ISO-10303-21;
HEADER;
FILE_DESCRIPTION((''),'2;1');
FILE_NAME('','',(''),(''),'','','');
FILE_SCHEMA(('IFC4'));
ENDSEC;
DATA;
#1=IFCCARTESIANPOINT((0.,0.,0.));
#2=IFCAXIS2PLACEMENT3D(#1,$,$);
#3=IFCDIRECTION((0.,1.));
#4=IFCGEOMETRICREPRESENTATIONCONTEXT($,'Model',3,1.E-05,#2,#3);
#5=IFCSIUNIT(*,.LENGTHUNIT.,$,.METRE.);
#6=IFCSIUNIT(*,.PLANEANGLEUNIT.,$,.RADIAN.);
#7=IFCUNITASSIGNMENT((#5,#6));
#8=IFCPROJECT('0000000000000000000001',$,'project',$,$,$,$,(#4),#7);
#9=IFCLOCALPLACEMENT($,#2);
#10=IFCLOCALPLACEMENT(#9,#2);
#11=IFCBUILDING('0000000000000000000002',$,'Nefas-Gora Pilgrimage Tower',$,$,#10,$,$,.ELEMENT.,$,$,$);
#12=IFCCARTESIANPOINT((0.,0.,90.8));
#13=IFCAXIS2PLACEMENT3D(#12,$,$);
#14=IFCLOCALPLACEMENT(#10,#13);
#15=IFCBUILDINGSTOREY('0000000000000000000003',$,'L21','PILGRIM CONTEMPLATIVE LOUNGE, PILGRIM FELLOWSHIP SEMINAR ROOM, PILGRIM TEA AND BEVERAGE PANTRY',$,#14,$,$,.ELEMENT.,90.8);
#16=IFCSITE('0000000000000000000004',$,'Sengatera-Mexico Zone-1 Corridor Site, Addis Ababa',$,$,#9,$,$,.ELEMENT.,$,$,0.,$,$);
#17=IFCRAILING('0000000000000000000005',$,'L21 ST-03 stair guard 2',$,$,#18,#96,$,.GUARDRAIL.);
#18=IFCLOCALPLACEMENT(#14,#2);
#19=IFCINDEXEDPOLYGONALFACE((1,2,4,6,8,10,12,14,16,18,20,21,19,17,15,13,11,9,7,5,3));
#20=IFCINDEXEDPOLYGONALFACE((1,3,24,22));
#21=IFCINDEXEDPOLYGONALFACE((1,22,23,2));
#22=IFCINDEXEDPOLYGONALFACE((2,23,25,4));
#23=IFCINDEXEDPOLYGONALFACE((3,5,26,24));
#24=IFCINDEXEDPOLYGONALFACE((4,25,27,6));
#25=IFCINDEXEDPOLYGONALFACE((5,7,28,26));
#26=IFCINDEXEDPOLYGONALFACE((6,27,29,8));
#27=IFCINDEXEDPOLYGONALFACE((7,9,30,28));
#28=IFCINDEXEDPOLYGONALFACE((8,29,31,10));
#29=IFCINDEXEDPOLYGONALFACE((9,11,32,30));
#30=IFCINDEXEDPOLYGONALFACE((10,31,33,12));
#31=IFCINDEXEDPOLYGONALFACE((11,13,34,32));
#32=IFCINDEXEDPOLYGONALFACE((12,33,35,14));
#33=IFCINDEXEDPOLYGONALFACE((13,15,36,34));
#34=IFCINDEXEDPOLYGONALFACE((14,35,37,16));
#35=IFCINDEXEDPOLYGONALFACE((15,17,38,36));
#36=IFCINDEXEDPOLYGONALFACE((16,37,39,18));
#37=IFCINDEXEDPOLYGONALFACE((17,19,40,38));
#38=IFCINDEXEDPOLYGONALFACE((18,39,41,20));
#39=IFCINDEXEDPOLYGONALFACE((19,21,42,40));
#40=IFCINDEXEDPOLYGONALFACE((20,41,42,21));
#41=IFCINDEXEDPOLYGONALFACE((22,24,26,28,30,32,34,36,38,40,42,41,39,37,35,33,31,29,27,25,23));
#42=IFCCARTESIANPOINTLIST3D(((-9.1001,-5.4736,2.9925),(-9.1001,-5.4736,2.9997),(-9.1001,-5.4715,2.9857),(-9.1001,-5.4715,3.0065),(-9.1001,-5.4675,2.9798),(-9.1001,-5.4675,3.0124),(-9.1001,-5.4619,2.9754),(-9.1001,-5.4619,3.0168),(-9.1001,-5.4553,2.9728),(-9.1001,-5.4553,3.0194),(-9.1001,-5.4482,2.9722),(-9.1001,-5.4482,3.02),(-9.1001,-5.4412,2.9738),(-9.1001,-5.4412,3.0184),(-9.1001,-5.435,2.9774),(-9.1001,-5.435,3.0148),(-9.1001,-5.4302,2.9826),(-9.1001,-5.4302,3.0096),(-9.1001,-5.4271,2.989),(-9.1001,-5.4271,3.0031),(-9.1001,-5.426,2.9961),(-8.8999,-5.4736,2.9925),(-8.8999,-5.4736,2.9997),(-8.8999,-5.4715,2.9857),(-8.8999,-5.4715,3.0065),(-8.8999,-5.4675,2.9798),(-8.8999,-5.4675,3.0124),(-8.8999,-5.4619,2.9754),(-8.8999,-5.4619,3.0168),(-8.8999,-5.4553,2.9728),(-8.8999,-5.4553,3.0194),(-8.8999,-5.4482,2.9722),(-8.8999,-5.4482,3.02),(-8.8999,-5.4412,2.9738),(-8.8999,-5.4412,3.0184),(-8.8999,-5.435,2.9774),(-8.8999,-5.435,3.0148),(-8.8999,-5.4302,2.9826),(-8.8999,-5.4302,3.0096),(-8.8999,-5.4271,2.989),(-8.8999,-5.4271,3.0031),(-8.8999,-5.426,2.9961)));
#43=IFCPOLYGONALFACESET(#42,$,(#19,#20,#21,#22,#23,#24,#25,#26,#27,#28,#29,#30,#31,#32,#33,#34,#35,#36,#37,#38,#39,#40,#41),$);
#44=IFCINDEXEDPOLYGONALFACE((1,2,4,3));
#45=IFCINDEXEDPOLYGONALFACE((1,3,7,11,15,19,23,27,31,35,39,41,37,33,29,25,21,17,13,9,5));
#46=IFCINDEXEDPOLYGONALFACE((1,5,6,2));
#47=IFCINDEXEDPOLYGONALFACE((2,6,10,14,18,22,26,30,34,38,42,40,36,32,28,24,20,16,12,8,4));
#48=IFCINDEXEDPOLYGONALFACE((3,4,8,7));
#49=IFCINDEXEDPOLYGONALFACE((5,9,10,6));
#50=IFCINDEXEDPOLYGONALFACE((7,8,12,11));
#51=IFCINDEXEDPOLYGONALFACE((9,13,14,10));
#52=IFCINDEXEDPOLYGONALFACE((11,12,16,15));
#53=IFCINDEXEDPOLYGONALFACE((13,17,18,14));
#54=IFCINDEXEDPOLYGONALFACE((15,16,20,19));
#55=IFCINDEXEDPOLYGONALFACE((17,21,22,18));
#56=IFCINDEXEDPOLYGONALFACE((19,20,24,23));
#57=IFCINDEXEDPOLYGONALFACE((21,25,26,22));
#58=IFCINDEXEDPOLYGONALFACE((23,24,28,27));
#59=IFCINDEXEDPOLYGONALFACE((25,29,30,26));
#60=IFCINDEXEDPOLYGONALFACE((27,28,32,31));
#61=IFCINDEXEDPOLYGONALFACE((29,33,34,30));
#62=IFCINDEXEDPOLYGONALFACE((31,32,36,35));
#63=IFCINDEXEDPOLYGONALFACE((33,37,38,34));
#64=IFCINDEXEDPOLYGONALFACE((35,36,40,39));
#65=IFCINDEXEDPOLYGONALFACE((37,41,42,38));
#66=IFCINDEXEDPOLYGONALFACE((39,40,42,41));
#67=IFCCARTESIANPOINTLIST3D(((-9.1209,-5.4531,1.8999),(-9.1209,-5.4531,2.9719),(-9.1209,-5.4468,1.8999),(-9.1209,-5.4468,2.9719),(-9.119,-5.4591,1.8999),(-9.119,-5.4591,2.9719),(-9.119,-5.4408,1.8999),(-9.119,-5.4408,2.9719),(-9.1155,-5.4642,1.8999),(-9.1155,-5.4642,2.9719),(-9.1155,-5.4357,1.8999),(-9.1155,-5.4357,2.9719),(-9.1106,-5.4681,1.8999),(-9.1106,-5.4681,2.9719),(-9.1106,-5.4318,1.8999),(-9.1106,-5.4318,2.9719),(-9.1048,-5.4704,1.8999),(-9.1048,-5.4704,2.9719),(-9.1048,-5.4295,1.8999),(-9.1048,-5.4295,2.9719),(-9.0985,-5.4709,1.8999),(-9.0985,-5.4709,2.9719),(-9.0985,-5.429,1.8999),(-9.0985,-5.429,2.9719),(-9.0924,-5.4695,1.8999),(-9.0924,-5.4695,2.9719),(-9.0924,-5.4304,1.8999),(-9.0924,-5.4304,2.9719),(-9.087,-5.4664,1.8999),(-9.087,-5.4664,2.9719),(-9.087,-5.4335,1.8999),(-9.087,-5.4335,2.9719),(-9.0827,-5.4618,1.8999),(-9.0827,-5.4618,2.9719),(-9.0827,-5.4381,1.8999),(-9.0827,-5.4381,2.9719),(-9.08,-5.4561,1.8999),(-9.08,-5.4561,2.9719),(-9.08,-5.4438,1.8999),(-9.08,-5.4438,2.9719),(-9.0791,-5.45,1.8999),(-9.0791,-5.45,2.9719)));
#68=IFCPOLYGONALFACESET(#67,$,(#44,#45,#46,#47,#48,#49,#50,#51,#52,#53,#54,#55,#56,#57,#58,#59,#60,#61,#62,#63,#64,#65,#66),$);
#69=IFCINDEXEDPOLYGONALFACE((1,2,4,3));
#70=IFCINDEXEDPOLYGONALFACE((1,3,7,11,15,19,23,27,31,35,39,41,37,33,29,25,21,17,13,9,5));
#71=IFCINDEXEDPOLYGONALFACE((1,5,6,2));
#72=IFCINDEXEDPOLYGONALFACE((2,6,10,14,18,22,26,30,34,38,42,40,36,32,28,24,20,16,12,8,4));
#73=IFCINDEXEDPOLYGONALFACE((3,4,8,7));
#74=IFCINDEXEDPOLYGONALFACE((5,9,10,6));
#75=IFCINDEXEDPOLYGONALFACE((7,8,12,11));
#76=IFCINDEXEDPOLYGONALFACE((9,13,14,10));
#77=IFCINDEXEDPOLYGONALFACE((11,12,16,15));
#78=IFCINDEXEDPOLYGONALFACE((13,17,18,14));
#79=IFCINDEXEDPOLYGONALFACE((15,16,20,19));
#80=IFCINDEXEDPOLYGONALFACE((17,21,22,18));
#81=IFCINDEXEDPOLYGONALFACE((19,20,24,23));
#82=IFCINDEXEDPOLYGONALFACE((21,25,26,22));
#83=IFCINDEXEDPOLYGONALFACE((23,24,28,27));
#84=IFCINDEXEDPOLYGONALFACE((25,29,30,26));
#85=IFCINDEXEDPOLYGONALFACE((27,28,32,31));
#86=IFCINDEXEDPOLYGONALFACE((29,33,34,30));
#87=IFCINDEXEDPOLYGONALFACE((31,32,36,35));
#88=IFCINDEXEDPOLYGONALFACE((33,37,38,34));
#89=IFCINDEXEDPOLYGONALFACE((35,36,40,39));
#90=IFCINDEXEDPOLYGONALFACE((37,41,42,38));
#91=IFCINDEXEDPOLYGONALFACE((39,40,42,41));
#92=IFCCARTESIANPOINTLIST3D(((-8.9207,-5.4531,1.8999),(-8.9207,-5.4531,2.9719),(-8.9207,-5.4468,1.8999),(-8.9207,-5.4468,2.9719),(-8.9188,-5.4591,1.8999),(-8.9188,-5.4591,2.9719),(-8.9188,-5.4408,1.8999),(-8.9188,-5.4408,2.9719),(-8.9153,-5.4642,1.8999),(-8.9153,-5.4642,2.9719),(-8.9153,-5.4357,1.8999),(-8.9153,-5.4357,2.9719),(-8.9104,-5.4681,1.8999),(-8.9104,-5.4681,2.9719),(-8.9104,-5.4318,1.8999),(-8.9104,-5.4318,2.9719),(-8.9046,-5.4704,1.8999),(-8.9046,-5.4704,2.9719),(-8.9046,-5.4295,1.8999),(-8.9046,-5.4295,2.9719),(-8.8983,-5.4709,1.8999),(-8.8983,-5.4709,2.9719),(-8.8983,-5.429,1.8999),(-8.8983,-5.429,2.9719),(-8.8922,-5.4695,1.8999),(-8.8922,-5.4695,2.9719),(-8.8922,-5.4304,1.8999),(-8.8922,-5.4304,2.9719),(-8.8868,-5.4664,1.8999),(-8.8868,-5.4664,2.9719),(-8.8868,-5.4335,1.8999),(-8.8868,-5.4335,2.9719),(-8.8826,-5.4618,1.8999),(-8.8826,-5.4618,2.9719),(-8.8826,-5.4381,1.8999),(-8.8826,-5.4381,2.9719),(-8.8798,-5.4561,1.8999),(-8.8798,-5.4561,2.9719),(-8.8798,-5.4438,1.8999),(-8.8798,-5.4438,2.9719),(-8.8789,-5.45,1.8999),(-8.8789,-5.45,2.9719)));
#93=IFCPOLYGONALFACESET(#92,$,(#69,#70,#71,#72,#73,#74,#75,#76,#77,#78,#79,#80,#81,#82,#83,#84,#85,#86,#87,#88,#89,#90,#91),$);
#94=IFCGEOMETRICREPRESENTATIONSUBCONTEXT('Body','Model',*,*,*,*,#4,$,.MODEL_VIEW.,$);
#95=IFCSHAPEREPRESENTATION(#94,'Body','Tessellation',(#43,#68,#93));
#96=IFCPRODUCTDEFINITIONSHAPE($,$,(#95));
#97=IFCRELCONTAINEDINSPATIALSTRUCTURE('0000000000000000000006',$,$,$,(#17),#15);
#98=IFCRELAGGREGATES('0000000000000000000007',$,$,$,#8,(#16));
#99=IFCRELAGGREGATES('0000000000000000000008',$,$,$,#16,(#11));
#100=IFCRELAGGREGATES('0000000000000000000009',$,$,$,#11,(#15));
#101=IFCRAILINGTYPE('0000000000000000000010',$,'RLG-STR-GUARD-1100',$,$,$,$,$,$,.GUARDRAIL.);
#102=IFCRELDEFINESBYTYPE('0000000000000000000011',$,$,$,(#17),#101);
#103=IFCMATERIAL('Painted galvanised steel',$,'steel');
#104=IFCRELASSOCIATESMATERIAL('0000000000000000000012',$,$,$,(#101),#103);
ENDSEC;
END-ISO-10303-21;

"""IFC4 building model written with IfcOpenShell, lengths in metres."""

from ifc_helpers import new_model, si_unit, direction, frame, origin, origin_2d, place, context, subcontext, project, spatial, circle, extrude, material, type_object, element, save


model = new_model("IFC4")

# Units and contexts
model_context = context("Model", 3, precision=1e-05, world=origin(), true_north=direction((0.0, 1.0)))
body_context = subcontext(model_context, "Body", "Model", "MODEL_VIEW")
ifc_project = project(units=[si_unit("LENGTHUNIT", "METRE"), si_unit("PLANEANGLEUNIT", "RADIAN")], contexts=[model_context])

# Site, building, storey
site_placement = place(None, origin())
site = spatial("IfcSite", under=ifc_project, at=site_placement, Name="Sengatera-Mexico Zone-1 Corridor Site, Addis Ababa", CompositionType="ELEMENT", RefElevation=0.0)
building_placement = place(site_placement, origin())
building = spatial("IfcBuilding", under=site, at=building_placement, Name="Nefas-Gora Pilgrimage Tower", CompositionType="ELEMENT")
storey_placement = place(building_placement, frame((0.0, 0.0, 90.8)))
storey = spatial("IfcBuildingStorey", under=building, at=storey_placement, Name="L21", Description="PILGRIM CONTEMPLATIVE LOUNGE, PILGRIM FELLOWSHIP SEMINAR ROOM, PILGRIM TEA AND BEVERAGE PANTRY", CompositionType="ELEMENT", Elevation=90.8)

# Railing
ifc_material_1 = material(Name="Painted galvanised steel", Category="steel")
railing_type_1 = type_object("IfcRailingType", Name="RLG-STR-GUARD-1100", PredefinedType="GUARDRAIL", material=ifc_material_1)
railing_1_placement = place(storey_placement, frame((-9.1001, -5.45, 1.8999)))
element("IfcRailing", 1, at=railing_1_placement, inside=storey, type_object=railing_type_1, Name="L21 ST-03 stair guard 2", PredefinedType="GUARDRAIL", context=body_context, shape_type="SweptSolid", body=[
    extrude(circle(Radius=0.0239, at=origin_2d()), frame((0.0, 0.0, 1.0962), z_axis=(1.0, 0.0, 0.0), x_axis=(0.0, 1.0, 0.0)), (0.0, 0.0, 1.0), 0.2002),
    extrude(circle(Radius=0.021, at=origin_2d()), origin(), (0.0, 0.0, 1.0), 1.072),
    extrude(circle(Radius=0.021, at=origin_2d()), frame((0.2002, 0.0, 0.0)), (0.0, 0.0, 1.0), 1.072),
])

save(model, "model.ifc")
